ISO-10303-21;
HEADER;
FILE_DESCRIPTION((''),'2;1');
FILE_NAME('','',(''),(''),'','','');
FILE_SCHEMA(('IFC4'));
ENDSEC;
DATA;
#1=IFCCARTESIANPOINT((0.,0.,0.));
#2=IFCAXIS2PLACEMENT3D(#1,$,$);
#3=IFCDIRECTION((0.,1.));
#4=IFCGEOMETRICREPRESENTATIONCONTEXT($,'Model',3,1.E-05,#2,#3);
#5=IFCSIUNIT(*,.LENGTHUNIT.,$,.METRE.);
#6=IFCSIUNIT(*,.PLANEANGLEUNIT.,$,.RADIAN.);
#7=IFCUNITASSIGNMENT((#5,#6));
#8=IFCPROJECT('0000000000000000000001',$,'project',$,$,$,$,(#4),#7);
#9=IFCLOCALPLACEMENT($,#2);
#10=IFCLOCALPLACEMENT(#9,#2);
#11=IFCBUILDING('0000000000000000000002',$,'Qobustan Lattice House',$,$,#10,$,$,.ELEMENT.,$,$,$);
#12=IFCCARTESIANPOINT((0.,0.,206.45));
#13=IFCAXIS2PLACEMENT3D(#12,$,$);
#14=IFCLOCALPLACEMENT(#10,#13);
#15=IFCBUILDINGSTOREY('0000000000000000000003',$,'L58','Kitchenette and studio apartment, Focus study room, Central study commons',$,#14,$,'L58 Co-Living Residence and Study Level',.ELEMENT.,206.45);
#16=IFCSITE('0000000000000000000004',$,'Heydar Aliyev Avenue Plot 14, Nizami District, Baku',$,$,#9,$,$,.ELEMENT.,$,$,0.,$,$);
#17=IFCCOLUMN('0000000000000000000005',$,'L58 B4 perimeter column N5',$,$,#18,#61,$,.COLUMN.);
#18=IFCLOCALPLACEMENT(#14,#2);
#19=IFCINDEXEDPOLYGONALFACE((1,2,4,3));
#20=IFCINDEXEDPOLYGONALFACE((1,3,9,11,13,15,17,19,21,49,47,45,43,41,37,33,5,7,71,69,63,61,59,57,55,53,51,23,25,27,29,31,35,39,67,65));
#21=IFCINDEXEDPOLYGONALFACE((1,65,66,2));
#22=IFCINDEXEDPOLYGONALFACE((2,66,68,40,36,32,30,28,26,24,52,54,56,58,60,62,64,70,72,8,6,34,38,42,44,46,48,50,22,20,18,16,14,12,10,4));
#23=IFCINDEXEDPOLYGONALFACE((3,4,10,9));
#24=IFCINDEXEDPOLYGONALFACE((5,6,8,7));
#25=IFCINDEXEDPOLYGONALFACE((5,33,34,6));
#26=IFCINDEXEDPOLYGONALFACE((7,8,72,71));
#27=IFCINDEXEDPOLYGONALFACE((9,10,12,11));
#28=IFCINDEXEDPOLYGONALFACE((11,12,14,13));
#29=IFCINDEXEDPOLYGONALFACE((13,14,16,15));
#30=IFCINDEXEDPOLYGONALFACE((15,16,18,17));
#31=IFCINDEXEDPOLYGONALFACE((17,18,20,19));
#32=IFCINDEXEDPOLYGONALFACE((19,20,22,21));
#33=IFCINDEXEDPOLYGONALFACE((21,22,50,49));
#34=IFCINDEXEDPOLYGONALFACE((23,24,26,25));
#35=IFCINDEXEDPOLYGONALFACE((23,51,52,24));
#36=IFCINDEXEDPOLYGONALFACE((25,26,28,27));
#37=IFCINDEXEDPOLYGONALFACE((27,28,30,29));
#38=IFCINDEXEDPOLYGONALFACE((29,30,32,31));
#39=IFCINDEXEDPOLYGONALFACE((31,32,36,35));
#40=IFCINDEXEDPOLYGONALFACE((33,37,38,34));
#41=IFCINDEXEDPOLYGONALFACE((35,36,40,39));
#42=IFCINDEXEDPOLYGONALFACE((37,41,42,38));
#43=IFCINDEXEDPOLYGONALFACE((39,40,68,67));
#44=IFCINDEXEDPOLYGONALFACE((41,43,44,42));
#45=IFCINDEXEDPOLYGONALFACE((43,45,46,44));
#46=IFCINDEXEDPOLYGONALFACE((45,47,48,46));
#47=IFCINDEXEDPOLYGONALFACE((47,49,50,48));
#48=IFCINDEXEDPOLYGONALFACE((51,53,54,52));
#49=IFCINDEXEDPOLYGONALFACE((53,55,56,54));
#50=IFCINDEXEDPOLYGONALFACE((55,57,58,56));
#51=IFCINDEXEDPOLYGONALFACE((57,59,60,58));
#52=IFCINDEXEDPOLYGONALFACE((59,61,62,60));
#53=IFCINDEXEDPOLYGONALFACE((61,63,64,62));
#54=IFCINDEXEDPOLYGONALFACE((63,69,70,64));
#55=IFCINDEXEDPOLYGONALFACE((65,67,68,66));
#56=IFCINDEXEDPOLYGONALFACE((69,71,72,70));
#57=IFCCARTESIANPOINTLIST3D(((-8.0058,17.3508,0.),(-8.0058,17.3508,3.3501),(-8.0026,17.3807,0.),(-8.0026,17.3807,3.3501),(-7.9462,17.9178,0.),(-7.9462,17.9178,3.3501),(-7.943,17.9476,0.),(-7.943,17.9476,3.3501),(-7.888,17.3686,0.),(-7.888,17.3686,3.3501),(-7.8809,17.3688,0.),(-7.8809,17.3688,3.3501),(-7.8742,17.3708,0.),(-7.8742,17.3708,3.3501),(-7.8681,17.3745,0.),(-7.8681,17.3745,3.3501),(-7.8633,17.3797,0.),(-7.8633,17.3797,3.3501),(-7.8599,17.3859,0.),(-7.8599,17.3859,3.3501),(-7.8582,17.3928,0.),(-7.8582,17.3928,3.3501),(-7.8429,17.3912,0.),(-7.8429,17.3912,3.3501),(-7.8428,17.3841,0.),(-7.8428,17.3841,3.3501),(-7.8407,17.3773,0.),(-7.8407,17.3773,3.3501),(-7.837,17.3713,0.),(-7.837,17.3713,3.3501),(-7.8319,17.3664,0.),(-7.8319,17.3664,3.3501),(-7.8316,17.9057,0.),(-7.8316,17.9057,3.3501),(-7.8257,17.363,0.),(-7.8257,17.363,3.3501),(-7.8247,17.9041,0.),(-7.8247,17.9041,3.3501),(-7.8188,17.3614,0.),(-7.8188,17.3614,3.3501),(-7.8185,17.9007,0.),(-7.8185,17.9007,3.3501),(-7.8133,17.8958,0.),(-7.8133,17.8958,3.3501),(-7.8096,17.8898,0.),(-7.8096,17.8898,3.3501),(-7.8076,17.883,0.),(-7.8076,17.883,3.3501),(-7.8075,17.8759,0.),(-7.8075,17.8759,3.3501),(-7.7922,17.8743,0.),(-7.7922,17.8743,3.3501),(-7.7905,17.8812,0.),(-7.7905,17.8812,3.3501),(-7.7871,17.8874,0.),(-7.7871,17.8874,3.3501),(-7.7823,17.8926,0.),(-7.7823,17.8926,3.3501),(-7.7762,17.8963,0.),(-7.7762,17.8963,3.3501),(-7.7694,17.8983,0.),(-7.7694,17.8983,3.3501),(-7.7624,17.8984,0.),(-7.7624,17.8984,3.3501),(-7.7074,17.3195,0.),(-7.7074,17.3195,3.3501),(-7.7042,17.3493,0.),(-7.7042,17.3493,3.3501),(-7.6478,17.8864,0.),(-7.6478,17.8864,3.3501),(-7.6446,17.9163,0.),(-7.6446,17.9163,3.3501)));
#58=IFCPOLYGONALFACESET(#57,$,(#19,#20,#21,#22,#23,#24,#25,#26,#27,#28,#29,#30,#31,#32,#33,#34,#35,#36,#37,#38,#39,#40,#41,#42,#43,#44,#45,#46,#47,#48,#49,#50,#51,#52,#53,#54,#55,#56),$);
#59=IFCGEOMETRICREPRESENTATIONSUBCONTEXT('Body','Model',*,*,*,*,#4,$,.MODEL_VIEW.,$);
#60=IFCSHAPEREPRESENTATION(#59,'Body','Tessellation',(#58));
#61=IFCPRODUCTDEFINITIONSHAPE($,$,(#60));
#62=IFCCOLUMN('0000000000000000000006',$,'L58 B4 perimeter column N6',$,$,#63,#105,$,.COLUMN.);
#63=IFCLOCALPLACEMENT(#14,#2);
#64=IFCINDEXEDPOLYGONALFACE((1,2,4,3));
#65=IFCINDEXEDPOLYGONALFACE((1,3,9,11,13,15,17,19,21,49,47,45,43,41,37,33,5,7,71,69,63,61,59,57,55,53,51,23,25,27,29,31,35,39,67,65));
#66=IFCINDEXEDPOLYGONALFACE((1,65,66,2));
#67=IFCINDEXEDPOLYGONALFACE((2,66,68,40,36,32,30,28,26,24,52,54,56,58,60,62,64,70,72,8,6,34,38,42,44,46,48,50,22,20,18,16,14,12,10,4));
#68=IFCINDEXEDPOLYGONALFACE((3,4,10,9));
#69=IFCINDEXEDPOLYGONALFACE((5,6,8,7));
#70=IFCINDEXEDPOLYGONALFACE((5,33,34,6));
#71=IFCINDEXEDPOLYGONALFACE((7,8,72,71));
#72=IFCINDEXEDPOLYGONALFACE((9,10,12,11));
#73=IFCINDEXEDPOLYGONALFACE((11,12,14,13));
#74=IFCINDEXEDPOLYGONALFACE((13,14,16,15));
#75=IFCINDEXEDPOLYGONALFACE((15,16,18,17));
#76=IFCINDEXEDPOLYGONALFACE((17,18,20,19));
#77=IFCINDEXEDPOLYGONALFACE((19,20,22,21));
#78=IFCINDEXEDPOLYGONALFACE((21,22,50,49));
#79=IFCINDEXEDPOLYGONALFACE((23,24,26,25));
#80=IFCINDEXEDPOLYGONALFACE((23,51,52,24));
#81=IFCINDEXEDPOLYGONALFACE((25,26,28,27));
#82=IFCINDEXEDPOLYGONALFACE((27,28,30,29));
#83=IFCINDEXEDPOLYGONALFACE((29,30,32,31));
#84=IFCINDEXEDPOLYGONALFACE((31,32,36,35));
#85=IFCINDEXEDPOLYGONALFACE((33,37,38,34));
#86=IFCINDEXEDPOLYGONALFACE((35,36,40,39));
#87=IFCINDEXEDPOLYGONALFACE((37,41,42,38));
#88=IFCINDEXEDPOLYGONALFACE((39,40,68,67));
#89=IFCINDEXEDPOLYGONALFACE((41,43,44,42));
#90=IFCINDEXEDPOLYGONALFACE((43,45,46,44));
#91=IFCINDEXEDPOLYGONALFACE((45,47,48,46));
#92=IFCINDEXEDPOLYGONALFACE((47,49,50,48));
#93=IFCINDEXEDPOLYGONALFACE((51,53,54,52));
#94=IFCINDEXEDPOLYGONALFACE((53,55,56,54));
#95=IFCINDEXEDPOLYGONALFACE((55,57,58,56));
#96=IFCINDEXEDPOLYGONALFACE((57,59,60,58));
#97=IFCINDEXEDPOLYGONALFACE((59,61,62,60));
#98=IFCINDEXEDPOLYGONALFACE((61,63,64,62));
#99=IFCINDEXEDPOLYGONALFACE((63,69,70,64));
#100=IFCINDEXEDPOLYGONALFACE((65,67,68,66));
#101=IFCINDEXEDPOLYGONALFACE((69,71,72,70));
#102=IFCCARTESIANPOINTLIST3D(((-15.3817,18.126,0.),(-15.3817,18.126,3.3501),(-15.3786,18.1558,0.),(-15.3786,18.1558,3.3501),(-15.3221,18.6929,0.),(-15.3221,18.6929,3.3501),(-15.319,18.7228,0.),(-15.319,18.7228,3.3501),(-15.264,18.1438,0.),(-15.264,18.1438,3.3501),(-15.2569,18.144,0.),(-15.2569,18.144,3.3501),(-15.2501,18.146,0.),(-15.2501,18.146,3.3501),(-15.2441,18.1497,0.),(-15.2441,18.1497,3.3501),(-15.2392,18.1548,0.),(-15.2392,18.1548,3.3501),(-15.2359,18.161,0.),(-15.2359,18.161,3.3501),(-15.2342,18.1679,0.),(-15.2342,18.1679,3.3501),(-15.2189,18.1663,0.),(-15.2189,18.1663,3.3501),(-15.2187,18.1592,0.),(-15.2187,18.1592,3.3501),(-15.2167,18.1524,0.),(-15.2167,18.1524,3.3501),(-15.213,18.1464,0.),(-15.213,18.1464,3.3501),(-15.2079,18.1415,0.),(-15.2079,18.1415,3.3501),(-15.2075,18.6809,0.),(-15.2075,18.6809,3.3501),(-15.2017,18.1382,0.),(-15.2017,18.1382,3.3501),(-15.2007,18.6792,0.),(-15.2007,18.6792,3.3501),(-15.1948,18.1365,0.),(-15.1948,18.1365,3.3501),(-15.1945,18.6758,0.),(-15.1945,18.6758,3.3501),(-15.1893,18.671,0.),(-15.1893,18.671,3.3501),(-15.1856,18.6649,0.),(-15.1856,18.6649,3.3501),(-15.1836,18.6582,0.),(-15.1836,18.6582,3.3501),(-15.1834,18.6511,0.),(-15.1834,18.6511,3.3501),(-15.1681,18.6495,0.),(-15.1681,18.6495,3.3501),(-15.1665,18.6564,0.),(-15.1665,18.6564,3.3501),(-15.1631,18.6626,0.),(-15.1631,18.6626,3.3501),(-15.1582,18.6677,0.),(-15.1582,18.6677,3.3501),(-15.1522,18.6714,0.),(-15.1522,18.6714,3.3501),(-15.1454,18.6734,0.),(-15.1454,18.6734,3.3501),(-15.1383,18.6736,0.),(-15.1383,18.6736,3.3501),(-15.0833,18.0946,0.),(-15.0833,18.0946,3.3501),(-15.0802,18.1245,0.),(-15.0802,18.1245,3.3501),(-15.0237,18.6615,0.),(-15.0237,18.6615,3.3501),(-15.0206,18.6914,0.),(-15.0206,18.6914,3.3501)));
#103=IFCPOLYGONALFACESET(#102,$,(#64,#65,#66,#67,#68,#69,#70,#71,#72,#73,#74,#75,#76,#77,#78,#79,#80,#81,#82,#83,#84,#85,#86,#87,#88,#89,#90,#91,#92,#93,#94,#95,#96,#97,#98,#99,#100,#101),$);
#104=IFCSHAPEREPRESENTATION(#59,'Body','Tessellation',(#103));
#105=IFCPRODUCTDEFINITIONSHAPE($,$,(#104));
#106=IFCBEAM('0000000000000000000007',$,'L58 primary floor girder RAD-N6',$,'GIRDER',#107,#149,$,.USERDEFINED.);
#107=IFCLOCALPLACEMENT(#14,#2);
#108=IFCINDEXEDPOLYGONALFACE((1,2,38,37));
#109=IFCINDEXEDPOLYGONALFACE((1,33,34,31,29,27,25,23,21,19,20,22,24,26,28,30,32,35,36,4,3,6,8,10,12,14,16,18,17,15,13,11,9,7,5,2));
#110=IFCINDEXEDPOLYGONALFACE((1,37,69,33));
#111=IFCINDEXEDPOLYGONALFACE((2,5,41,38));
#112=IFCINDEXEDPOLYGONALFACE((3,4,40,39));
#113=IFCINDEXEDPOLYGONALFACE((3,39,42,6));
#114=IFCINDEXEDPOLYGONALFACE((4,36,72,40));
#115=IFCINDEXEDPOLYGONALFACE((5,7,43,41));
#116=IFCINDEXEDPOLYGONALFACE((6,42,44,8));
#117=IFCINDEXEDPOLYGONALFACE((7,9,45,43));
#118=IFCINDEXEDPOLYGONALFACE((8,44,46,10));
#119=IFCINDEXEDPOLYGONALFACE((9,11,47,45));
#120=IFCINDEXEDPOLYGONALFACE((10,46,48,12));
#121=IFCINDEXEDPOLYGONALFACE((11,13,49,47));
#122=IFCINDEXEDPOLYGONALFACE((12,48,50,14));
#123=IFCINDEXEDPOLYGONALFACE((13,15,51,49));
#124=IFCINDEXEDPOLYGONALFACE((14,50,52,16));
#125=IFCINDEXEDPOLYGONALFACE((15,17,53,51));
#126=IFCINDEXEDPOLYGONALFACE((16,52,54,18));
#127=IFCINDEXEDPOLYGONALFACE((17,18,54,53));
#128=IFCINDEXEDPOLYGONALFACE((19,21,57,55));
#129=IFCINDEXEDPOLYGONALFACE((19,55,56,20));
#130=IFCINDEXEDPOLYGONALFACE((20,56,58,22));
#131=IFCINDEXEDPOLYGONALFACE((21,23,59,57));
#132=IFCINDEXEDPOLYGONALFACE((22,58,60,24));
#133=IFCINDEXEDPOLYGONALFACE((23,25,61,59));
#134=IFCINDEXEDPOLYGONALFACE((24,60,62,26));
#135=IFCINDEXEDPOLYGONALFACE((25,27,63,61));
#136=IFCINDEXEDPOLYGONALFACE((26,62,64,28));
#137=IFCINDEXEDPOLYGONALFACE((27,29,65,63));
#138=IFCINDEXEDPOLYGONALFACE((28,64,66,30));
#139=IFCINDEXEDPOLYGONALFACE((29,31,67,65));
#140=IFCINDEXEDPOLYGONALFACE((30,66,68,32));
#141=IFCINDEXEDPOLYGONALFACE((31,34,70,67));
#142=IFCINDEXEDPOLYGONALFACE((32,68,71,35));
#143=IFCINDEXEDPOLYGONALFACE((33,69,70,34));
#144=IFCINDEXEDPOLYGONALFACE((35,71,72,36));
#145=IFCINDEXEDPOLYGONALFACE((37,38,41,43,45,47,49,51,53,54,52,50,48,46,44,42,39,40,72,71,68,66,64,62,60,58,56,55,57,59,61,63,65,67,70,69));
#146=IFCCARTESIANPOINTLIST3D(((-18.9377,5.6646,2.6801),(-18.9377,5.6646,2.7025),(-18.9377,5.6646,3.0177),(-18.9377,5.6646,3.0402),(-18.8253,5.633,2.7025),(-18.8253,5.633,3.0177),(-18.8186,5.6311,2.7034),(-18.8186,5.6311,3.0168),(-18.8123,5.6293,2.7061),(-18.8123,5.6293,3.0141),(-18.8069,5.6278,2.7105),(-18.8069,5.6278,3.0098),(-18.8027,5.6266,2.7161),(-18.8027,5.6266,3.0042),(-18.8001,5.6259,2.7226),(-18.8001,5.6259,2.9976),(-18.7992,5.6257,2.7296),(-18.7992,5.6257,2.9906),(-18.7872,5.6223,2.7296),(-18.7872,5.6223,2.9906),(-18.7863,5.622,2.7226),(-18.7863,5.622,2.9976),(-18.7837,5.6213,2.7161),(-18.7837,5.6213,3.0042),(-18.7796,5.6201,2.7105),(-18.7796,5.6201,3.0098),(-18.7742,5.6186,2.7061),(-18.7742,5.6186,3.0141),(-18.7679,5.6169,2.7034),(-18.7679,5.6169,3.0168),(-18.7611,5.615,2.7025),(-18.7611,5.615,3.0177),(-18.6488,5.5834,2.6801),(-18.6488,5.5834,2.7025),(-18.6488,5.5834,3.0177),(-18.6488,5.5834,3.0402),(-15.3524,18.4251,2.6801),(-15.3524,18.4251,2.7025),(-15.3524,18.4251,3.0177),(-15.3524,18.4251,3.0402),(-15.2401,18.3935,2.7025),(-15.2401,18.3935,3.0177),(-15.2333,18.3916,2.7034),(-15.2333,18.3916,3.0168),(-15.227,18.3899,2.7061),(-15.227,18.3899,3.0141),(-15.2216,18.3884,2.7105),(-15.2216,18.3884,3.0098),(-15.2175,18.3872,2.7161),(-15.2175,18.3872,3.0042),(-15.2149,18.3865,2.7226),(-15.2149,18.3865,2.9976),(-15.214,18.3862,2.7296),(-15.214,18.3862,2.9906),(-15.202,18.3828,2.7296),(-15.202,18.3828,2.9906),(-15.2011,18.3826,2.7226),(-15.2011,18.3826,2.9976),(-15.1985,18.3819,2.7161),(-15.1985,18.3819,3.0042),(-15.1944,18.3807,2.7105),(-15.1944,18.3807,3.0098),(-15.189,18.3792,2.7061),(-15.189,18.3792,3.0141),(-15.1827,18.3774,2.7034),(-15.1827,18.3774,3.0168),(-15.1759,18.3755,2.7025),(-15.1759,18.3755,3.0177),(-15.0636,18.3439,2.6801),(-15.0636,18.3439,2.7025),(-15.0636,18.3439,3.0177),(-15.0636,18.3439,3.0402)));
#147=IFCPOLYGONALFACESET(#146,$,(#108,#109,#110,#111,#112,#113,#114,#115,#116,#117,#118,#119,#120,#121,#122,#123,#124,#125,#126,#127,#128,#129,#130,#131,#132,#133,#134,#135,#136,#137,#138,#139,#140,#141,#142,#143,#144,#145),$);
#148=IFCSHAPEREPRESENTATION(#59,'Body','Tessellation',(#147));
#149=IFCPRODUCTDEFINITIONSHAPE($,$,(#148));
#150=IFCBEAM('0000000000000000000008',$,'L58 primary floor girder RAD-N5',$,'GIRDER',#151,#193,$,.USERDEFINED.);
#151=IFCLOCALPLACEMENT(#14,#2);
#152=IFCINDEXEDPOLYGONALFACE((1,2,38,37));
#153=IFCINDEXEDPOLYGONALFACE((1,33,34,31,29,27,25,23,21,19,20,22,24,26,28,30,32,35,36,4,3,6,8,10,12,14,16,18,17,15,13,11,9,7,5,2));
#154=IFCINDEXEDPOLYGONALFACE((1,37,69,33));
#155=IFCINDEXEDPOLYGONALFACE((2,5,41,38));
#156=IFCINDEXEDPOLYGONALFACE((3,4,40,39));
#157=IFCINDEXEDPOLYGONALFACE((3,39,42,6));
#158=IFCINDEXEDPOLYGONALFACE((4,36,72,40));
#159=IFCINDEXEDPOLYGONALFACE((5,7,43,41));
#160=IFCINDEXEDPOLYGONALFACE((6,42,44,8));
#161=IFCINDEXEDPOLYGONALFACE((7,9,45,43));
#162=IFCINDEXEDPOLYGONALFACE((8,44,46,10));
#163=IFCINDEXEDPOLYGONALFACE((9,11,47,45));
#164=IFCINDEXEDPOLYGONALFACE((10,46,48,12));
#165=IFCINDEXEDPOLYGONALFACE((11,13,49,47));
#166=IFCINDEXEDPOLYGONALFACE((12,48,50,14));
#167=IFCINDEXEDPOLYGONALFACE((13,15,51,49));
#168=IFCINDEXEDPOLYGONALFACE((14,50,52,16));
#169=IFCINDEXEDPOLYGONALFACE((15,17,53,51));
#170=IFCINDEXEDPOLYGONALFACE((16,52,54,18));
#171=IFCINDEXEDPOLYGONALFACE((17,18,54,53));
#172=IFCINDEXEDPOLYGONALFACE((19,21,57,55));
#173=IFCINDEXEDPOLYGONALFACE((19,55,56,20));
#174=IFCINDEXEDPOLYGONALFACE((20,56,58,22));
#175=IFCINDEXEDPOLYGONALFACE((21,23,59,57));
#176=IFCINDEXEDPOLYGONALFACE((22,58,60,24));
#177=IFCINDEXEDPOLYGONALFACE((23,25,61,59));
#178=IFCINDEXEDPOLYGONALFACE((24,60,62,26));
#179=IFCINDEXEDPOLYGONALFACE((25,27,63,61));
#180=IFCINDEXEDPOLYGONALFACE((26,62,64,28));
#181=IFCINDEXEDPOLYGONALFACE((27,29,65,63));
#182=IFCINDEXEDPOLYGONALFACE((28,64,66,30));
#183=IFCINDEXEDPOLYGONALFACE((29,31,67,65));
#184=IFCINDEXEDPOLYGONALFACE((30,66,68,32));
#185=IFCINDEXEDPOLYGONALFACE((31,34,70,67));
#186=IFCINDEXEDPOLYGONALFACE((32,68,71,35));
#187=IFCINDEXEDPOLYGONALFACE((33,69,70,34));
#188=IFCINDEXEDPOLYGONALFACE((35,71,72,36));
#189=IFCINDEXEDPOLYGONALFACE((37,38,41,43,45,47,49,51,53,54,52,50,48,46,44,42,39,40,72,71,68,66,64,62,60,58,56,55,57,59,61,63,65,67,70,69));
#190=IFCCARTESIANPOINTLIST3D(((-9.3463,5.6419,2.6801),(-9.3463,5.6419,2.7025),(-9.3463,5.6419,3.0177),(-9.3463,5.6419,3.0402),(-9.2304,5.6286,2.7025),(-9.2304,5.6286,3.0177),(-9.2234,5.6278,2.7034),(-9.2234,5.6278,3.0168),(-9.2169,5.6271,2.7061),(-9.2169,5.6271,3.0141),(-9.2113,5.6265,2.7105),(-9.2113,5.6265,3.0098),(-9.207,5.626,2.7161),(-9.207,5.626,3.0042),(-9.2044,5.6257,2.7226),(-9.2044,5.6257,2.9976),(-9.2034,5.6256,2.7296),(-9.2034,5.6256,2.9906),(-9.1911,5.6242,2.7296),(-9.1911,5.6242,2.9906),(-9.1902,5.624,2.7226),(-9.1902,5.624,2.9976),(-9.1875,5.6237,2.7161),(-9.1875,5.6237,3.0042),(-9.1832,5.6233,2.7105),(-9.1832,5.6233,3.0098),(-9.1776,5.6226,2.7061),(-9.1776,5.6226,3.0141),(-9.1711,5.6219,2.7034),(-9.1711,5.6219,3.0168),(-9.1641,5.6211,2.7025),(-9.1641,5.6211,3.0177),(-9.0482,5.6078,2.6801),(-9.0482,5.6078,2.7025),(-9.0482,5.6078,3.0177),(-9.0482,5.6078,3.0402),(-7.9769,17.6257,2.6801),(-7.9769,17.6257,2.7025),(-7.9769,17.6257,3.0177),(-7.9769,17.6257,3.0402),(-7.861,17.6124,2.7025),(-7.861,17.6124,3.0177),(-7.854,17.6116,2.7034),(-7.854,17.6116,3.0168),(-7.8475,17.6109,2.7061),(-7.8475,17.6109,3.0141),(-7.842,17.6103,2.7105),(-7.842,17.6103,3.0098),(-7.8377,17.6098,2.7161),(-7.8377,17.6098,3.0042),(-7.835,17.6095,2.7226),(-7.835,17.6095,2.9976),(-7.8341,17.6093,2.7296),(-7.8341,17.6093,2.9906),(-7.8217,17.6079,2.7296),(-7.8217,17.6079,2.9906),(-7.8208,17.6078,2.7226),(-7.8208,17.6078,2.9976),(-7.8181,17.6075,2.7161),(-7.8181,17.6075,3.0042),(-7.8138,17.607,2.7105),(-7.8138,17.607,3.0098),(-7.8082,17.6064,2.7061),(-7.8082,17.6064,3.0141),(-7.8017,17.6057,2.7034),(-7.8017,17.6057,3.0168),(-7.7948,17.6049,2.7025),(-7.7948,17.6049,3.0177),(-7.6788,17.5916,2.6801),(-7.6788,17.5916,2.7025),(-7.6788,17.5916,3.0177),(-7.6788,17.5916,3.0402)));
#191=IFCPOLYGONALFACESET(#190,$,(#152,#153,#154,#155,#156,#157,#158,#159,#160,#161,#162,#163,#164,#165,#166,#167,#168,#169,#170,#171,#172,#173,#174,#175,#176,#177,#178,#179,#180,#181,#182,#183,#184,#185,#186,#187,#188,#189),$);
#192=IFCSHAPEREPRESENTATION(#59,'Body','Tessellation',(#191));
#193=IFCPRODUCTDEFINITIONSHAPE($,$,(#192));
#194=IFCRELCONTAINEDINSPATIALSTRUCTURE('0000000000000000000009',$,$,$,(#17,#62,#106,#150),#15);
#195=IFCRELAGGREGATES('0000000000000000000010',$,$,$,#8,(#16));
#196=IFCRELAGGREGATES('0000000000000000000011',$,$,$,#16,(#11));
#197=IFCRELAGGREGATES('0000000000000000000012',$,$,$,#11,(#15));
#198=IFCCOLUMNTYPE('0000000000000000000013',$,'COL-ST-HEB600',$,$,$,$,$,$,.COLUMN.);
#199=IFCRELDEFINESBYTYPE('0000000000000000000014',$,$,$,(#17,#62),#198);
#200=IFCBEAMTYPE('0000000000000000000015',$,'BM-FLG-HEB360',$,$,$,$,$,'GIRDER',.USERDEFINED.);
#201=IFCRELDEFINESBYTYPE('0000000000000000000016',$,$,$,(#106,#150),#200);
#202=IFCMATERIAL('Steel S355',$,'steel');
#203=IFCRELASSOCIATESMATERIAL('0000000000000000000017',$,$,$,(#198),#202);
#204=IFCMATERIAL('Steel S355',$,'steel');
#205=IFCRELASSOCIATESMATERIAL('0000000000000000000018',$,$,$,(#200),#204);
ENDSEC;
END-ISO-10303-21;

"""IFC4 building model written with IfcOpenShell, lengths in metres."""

from ifc_helpers import new_model, si_unit, direction, frame, origin, origin_2d, place, context, subcontext, project, spatial, i_section, extrude, material, material_profile, profile_set, type_object, element, save


model = new_model("IFC4")

# Units and contexts
model_context = context("Model", 3, precision=1e-05, world=origin(), true_north=direction((0.0, 1.0)))
body_context = subcontext(model_context, "Body", "Model", "MODEL_VIEW")
ifc_project = project(units=[si_unit("LENGTHUNIT", "METRE"), si_unit("PLANEANGLEUNIT", "RADIAN")], contexts=[model_context])

# Site, building, storey
site_placement = place(None, origin())
site = spatial("IfcSite", under=ifc_project, at=site_placement, Name="Heydar Aliyev Avenue Plot 14, Nizami District, Baku", CompositionType="ELEMENT", RefElevation=0.0)
building_placement = place(site_placement, origin())
building = spatial("IfcBuilding", under=site, at=building_placement, Name="Qobustan Lattice House", CompositionType="ELEMENT")
storey_placement = place(building_placement, frame((0.0, 0.0, 206.45)))
storey = spatial("IfcBuildingStorey", under=building, at=storey_placement, Name="L58", Description="Kitchenette and studio apartment, Focus study room, Central study commons", LongName="L58 Co-Living Residence and Study Level", CompositionType="ELEMENT", Elevation=206.45)

# Columns
ifc_material_1 = material(Name="Steel S355", Category="steel")
ifc_material_profile_1 = material_profile(ifc_material_1, i_section(OverallWidth=0.3, OverallDepth=0.6001, WebThickness=0.0154, FlangeThickness=0.03, FilletRadius=0.0271, at=origin_2d()), Name="HEB600")
ifc_profile_set_1 = profile_set([ifc_material_profile_1], Name="Steel S355")
column_type = type_object("IfcColumnType", Name="COL-ST-HEB600", PredefinedType="COLUMN", material=ifc_profile_set_1)
for number, where, z_axis, x_axis, name in (
    (1, (-7.8252, 17.6335, 0.0), (0.0, 0.0, 1.0), (0.994522, -0.104528, 0.0), "L58 B4 perimeter column N5"),
    (2, (-15.2012, 18.4087, 0.0), (0.0, 0.0, 1.0), (0.994522, -0.104528, 0.0), "L58 B4 perimeter column N6"),
):
    element("IfcColumn", number, at=place(storey_placement, frame(where, z_axis=z_axis, x_axis=x_axis)), inside=storey, type_object=column_type, Name=name, PredefinedType="COLUMN", context=body_context, shape_type="SweptSolid", body=[
        extrude(i_section(OverallWidth=0.3, OverallDepth=0.6001, WebThickness=0.0154, FlangeThickness=0.03, FilletRadius=0.0271, at=origin_2d()), origin(), (0.0, 0.0, 1.0), 3.3501),
    ])

# Beams
ifc_material_2 = material(Name="Steel S355", Category="steel")
ifc_material_profile_2 = material_profile(ifc_material_2, i_section(OverallWidth=0.3, OverallDepth=0.3601, WebThickness=0.0125, FlangeThickness=0.0225, FilletRadius=0.0271, at=origin_2d()), Name="HEB360")
ifc_profile_set_2 = profile_set([ifc_material_profile_2], Name="Steel S355")
beam_type_1 = type_object("IfcBeamType", Name="BM-FLG-HEB360", ElementType="GIRDER", PredefinedType="USERDEFINED", material=ifc_profile_set_2)
beam_1_placement = place(storey_placement, frame((-15.208, 18.3845, 2.8601), z_axis=(-0.270488, -0.962723, 0.0), x_axis=(0.962723, -0.270488, 0.0)))
element("IfcBeam", 3, at=beam_1_placement, inside=storey, type_object=beam_type_1, Name="L58 primary floor girder RAD-N6", ObjectType="GIRDER", PredefinedType="USERDEFINED", context=body_context, shape_type="SweptSolid", body=[
    extrude(i_section(OverallWidth=0.3, OverallDepth=0.3601, WebThickness=0.0125, FlangeThickness=0.0225, FilletRadius=0.0271, at=origin_2d()), origin(), (0.0, 0.0, 1.0), 13.2546),
])
beam_2_placement = place(storey_placement, frame((-7.8279, 17.6086, 2.8601), z_axis=(-0.11353, -0.993535, 0.0), x_axis=(0.993535, -0.11353, 0.0)))
element("IfcBeam", 4, at=beam_2_placement, inside=storey, type_object=beam_type_1, Name="L58 primary floor girder RAD-N5", ObjectType="GIRDER", PredefinedType="USERDEFINED", context=body_context, shape_type="SweptSolid", body=[
    extrude(i_section(OverallWidth=0.3, OverallDepth=0.3601, WebThickness=0.0125, FlangeThickness=0.0225, FilletRadius=0.0271, at=origin_2d()), origin(), (0.0, 0.0, 1.0), 12.0618),
])

save(model, "model.ifc")
